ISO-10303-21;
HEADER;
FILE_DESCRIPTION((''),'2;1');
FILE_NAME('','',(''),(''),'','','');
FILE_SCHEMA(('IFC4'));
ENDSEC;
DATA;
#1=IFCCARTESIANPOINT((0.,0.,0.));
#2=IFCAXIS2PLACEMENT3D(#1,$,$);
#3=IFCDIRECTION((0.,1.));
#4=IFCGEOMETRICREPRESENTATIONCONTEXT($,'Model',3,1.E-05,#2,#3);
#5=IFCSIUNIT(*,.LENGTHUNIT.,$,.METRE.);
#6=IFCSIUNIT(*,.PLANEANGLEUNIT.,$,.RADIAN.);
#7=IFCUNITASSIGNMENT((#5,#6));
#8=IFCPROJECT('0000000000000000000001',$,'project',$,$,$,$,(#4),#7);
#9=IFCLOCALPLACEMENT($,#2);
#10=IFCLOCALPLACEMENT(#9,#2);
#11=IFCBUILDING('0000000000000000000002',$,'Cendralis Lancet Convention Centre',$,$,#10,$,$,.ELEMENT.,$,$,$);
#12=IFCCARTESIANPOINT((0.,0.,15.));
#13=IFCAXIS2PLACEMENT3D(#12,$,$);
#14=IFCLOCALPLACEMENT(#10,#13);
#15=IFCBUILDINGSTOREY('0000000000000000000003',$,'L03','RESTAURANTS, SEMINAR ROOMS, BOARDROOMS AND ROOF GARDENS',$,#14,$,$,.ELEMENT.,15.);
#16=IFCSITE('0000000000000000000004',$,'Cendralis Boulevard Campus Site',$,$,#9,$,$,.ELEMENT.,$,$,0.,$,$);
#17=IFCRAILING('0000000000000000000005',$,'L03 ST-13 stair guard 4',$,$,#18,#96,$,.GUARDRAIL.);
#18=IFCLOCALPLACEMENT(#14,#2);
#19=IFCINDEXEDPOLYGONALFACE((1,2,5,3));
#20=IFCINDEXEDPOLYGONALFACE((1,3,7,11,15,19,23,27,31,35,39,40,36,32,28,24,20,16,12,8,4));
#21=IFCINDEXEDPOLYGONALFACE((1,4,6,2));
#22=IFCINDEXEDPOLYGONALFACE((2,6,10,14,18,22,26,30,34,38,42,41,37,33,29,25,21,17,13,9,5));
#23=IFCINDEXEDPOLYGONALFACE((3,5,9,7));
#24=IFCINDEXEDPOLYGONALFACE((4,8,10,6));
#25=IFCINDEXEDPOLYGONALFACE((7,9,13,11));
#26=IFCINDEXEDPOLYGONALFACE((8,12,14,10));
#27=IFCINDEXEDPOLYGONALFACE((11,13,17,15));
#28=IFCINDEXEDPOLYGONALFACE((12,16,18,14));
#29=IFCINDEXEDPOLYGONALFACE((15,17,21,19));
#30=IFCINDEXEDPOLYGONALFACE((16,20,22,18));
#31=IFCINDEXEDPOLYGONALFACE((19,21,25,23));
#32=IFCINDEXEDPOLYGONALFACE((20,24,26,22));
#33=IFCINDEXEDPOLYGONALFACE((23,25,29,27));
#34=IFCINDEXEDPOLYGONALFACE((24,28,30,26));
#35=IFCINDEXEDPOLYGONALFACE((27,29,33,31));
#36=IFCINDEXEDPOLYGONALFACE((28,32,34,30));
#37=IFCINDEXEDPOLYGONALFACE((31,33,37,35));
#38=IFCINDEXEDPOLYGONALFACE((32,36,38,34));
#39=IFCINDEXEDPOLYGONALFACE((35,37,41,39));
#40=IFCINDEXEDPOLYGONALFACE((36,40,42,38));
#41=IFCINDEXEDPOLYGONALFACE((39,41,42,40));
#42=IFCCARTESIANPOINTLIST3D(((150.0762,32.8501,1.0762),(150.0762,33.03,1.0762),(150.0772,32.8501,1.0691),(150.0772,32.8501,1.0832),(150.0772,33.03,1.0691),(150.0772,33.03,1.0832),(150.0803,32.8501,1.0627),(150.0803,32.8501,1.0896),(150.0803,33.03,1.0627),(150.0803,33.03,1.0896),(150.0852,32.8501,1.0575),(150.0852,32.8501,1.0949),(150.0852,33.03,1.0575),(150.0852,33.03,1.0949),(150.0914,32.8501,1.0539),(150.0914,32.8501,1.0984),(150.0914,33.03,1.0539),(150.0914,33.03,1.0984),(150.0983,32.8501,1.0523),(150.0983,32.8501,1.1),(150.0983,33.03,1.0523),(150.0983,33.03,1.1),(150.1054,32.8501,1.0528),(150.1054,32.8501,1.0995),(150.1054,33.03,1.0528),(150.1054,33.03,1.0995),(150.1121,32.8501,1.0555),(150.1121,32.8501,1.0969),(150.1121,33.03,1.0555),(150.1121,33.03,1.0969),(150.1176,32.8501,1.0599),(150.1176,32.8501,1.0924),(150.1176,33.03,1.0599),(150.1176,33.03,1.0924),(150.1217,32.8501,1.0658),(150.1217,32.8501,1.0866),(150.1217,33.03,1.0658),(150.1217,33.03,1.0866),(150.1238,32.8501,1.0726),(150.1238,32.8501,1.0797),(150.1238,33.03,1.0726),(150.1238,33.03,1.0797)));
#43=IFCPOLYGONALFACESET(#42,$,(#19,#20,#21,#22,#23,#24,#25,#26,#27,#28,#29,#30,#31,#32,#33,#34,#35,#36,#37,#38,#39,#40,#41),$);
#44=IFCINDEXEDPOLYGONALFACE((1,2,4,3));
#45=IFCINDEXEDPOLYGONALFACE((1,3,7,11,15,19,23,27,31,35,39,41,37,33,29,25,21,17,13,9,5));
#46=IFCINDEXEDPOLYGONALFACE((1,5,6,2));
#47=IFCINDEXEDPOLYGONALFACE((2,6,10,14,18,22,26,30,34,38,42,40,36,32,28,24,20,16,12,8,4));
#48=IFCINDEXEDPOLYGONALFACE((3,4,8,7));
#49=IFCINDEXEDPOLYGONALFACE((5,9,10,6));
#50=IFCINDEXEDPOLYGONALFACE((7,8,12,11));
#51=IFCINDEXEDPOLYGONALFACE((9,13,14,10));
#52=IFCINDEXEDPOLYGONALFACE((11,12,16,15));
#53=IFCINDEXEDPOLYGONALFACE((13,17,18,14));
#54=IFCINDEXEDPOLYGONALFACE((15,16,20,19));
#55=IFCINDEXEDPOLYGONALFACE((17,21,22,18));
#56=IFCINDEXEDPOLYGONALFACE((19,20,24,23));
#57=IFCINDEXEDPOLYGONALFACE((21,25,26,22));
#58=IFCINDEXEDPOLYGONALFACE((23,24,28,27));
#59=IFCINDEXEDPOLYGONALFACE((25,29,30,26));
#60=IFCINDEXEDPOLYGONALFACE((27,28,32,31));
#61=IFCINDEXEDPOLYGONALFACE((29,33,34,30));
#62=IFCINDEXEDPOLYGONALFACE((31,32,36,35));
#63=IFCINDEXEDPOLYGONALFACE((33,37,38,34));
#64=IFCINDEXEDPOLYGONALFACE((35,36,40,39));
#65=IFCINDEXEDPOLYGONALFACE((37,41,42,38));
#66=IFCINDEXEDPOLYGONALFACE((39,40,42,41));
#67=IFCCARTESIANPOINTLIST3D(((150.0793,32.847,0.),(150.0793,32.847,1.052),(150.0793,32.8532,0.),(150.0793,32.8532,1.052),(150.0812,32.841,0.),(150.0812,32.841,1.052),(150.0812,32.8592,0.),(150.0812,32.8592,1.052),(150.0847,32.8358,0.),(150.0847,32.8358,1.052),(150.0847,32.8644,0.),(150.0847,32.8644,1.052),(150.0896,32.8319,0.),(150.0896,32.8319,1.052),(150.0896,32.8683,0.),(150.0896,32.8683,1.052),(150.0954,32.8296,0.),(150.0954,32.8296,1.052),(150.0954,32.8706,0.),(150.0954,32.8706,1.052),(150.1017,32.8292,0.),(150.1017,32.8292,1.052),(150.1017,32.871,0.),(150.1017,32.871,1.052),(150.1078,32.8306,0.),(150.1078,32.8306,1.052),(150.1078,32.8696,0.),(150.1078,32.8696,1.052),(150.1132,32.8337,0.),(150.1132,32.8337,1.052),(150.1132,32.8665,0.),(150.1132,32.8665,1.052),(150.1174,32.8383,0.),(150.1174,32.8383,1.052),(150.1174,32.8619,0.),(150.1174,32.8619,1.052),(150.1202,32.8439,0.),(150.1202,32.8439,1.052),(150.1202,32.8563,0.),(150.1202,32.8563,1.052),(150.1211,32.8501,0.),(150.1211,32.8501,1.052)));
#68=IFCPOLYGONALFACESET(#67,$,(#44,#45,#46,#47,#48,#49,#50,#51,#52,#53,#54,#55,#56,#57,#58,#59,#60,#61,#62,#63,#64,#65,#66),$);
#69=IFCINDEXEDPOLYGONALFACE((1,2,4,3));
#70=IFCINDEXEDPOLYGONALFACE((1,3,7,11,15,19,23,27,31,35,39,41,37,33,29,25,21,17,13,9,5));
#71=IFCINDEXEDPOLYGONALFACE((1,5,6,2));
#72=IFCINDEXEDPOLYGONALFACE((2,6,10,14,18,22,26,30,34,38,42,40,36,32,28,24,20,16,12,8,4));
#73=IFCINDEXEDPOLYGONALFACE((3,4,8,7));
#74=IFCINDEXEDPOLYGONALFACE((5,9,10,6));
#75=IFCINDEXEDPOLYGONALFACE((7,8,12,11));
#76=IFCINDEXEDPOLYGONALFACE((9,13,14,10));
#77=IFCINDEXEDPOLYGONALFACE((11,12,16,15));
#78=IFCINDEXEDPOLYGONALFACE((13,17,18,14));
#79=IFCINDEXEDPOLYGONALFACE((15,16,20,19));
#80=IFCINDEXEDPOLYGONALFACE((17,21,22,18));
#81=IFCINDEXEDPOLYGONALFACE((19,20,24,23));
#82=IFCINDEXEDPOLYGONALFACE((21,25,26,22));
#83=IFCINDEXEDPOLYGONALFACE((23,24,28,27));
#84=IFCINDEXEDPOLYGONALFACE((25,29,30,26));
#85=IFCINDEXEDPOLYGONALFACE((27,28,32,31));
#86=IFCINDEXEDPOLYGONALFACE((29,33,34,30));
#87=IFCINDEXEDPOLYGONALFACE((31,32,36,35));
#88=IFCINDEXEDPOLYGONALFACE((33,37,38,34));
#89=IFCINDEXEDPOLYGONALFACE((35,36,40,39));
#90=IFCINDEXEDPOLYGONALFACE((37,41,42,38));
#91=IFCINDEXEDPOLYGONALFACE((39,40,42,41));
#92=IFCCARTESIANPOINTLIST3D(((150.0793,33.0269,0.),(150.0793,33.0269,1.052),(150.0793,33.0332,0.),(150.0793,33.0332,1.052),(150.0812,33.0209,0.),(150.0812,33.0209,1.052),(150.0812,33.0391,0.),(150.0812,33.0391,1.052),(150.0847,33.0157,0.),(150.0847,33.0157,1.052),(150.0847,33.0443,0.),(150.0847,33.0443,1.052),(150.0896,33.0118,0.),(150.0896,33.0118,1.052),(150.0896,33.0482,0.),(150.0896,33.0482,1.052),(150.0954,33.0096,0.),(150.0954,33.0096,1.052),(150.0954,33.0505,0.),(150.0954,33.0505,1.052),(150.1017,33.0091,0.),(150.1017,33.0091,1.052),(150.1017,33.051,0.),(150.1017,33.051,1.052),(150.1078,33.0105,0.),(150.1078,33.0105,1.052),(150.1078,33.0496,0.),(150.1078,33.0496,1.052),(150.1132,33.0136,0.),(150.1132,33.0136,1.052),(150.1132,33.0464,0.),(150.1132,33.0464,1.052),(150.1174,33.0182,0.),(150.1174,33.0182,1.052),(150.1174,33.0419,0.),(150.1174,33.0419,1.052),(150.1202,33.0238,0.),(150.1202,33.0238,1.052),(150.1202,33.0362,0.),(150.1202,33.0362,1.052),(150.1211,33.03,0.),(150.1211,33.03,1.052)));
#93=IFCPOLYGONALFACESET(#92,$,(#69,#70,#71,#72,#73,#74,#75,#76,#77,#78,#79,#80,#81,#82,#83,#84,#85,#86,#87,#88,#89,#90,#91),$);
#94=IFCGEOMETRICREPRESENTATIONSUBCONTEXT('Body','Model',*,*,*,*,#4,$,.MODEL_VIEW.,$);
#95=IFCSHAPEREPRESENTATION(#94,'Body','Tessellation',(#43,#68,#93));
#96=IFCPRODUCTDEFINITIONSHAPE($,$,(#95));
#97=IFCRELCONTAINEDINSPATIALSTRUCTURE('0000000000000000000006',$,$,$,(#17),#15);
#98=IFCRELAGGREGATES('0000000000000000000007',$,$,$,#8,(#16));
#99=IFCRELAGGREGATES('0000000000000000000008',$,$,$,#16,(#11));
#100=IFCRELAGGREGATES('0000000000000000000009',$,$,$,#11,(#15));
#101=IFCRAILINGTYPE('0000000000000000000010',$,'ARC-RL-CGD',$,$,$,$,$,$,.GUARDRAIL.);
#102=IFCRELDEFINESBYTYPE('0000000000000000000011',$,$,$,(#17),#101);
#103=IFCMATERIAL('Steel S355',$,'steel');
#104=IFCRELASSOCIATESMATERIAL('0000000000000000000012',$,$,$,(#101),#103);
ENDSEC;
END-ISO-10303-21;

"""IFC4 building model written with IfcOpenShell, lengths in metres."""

from ifc_helpers import new_model, si_unit, direction, frame, origin, origin_2d, place, context, subcontext, project, spatial, circle, extrude, material, type_object, element, save


model = new_model("IFC4")

# Units and contexts
model_context = context("Model", 3, precision=1e-05, world=origin(), true_north=direction((0.0, 1.0)))
body_context = subcontext(model_context, "Body", "Model", "MODEL_VIEW")
ifc_project = project(units=[si_unit("LENGTHUNIT", "METRE"), si_unit("PLANEANGLEUNIT", "RADIAN")], contexts=[model_context])

# Site, building, storey
site_placement = place(None, origin())
site = spatial("IfcSite", under=ifc_project, at=site_placement, Name="Cendralis Boulevard Campus Site", CompositionType="ELEMENT", RefElevation=0.0)
building_placement = place(site_placement, origin())
building = spatial("IfcBuilding", under=site, at=building_placement, Name="Cendralis Lancet Convention Centre", CompositionType="ELEMENT")
storey_placement = place(building_placement, frame((0.0, 0.0, 15.0)))
storey = spatial("IfcBuildingStorey", under=building, at=storey_placement, Name="L03", Description="RESTAURANTS, SEMINAR ROOMS, BOARDROOMS AND ROOF GARDENS", CompositionType="ELEMENT", Elevation=15.0)

# Shared definitions
ifc_material_1 = material(Name="Steel S355", Category="steel")

# Railing
railing_type_1 = type_object("IfcRailingType", Name="ARC-RL-CGD", PredefinedType="GUARDRAIL", material=ifc_material_1)
railing_1_placement = place(storey_placement, frame((150.1001, 32.8501, 0.0)))
element("IfcRailing", 1, at=railing_1_placement, inside=storey, type_object=railing_type_1, Name="L03 ST-13 stair guard 4", PredefinedType="GUARDRAIL", context=body_context, shape_type="SweptSolid", body=[
    extrude(circle(Radius=0.0239, at=origin_2d()), frame((0.0, 0.0, 1.0762), z_axis=(0.0, 1.0, 0.0), x_axis=(-1.0, 0.0, 0.0)), (0.0, 0.0, 1.0), 0.1799),
    extrude(circle(Radius=0.021, at=origin_2d()), origin(), (0.0, 0.0, 1.0), 1.052),
    extrude(circle(Radius=0.021, at=origin_2d()), frame((0.0, 0.1799, 0.0)), (0.0, 0.0, 1.0), 1.052),
])

save(model, "model.ifc")
